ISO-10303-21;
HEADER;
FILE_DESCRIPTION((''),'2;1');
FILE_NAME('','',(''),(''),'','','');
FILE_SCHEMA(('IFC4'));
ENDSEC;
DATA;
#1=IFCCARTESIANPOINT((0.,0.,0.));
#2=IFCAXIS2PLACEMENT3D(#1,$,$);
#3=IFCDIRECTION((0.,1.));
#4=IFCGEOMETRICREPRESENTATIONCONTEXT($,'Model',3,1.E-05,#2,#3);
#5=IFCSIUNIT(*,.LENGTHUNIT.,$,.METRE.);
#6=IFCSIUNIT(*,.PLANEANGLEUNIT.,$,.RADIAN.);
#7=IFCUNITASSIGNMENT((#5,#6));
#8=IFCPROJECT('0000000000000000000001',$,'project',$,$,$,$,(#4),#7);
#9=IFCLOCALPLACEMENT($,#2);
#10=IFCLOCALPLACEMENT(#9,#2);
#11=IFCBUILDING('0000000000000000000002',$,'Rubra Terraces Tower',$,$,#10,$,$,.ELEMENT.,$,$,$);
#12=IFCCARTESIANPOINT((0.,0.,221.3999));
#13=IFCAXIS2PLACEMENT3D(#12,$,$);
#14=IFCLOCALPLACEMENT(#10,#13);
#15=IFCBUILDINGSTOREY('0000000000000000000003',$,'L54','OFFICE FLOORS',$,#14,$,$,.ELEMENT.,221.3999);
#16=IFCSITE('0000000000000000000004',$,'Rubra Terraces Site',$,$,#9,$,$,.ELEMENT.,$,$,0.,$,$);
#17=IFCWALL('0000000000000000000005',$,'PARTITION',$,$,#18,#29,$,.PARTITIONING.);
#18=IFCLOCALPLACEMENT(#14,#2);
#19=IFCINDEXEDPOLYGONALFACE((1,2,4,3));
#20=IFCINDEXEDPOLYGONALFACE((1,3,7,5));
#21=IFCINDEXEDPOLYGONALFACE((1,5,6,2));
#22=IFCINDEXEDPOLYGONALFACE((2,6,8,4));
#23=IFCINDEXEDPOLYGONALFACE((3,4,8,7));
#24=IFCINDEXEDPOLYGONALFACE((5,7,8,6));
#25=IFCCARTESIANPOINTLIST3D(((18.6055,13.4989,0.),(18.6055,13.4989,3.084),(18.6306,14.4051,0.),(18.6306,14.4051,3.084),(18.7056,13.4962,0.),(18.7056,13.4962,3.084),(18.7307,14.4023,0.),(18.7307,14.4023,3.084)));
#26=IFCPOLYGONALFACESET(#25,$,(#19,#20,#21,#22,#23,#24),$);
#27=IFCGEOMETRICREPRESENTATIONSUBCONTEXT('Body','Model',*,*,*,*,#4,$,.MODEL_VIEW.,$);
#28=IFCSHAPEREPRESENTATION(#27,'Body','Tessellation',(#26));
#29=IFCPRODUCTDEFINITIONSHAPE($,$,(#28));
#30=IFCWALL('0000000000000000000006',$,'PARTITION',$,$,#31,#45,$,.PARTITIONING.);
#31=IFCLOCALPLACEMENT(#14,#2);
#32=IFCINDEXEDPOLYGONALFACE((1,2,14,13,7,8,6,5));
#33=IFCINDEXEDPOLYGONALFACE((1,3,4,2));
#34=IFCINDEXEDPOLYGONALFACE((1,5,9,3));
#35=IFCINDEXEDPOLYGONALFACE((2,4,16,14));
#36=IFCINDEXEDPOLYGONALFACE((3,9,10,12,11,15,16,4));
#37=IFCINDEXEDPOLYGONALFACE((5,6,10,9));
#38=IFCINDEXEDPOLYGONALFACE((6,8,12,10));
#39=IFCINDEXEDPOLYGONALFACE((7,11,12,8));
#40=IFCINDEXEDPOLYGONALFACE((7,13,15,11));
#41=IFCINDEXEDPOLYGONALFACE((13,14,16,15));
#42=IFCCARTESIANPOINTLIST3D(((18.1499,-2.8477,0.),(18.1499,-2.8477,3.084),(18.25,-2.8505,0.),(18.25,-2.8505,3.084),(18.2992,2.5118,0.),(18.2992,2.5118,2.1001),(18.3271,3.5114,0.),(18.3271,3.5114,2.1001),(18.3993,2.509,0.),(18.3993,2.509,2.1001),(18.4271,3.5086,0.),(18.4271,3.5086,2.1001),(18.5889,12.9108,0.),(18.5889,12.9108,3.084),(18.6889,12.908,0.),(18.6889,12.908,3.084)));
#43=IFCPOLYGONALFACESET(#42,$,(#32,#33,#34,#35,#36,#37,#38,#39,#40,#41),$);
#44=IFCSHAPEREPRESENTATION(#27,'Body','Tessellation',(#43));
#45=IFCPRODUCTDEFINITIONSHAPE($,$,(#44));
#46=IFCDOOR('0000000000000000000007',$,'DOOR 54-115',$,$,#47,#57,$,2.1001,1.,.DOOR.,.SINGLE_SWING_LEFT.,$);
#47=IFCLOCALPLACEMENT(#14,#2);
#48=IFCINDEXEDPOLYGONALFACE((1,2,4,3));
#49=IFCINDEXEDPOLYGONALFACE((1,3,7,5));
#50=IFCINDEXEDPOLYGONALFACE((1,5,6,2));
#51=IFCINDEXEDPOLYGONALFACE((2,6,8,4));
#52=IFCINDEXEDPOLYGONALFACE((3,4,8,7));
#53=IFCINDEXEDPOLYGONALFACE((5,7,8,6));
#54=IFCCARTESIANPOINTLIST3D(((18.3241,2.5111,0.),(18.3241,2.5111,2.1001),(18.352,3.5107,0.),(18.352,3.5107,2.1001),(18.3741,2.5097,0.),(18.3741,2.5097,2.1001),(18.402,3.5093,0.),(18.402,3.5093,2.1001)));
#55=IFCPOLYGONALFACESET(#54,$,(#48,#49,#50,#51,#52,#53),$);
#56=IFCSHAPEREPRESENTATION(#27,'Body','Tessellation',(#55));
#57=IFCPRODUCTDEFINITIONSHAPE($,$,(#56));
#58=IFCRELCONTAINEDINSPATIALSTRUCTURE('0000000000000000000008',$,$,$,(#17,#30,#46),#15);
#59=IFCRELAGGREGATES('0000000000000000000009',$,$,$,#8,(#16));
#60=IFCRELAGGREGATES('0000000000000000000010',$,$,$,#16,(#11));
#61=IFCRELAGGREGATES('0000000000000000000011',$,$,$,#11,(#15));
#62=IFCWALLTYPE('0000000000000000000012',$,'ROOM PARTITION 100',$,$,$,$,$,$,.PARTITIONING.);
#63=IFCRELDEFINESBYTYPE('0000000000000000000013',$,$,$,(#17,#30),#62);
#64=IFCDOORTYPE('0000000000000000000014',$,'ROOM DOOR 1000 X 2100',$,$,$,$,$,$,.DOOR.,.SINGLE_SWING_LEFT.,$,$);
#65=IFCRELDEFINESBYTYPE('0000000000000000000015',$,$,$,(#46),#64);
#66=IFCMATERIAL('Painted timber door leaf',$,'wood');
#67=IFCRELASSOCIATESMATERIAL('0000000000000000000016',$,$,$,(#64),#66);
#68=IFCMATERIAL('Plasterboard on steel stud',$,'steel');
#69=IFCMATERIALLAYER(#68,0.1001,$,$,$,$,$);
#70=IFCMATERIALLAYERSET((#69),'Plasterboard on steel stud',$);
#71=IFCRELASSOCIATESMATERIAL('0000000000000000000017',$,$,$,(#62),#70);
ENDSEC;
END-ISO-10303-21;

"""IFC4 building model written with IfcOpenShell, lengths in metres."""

from ifc_helpers import new_model, si_unit, direction, frame, frame_2d, origin, place, context, subcontext, project, spatial, rectangle, extrude, material, layer, layer_set, type_object, element, fill, save


model = new_model("IFC4")

# Units and contexts
model_context = context("Model", 3, precision=1e-05, world=origin(), true_north=direction((0.0, 1.0)))
body_context = subcontext(model_context, "Body", "Model", "MODEL_VIEW")
ifc_project = project(units=[si_unit("LENGTHUNIT", "METRE"), si_unit("PLANEANGLEUNIT", "RADIAN")], contexts=[model_context])

# Site, building, storey
site_placement = place(None, origin())
site = spatial("IfcSite", under=ifc_project, at=site_placement, Name="Rubra Terraces Site", CompositionType="ELEMENT", RefElevation=0.0)
building_placement = place(site_placement, origin())
building = spatial("IfcBuilding", under=site, at=building_placement, Name="Rubra Terraces Tower", CompositionType="ELEMENT")
storey_placement = place(building_placement, frame((0.0, 0.0, 221.3999)))
storey = spatial("IfcBuildingStorey", under=building, at=storey_placement, Name="L54", Description="OFFICE FLOORS", CompositionType="ELEMENT", Elevation=221.3999)

# Shared definitions
ifc_material_1 = material(Name="Painted timber door leaf", Category="wood")
door_type = type_object("IfcDoorType", Name="ROOM DOOR 1000 X 2100", OperationType="SINGLE_SWING_LEFT", PredefinedType="DOOR", material=ifc_material_1)

# Wall
ifc_material_2 = material(Name="Plasterboard on steel stud", Category="steel")
ifc_layer_1 = layer(ifc_material_2, 0.1001)
ifc_layer_set_1 = layer_set([ifc_layer_1], Name="Plasterboard on steel stud")
wall_type_1 = type_object("IfcWallType", Name="ROOM PARTITION 100", PredefinedType="PARTITIONING", material=ifc_layer_set_1)
wall_1_placement = place(storey_placement, frame((18.6807, 14.4036, 0.0), z_axis=(0.0, 0.0, 1.0), x_axis=(-0.027737, -0.999615, 0.0)))
element("IfcWall", 1, at=wall_1_placement, inside=storey, type_object=wall_type_1, Name="PARTITION", PredefinedType="PARTITIONING", context=body_context, shape_type="SweptSolid", body=[
    extrude(rectangle(XDim=0.9065, YDim=0.1001, at=frame_2d((0.4531, 0.0))), origin(), (0.0, 0.0, 1.0), 3.084),
])

# Wall, opening, door
wall_2_placement = place(storey_placement, frame((18.6389, 12.9094, 0.0), z_axis=(0.0, 0.0, 1.0), x_axis=(-0.027845, -0.999612, 0.0)))
wall_2 = element("IfcWall", 2, at=wall_2_placement, inside=storey, type_object=wall_type_1, Name="PARTITION", PredefinedType="PARTITIONING", context=body_context, shape_type="SweptSolid", body=[
    extrude(rectangle(XDim=15.7646, YDim=0.1001, at=frame_2d((7.8823, 0.0))), origin(), (0.0, 0.0, 1.0), 3.084),
])
opening_1_placement = place(wall_2_placement, frame((9.4031, 0.0, 0.0)))
opening_1 = element("IfcOpeningElement", 3, at=opening_1_placement, cuts=wall_2, PredefinedType="OPENING", context=body_context, shape_type="SweptSolid", body=[
    extrude(rectangle(XDim=1.0, YDim=2.1001, at=frame_2d((0.5, 1.05))), frame((0.0, 0.0601, 0.0), z_axis=(0.0, -1.0, 0.0), x_axis=(1.0, 0.0, 0.0)), (0.0, 0.0, 1.0), 0.1201),
])
door_1_placement = place(opening_1_placement, origin())
door_1 = element("IfcDoor", 4, at=door_1_placement, inside=storey, type_object=door_type, Name="DOOR 54-115", OperationType="SINGLE_SWING_LEFT", OverallHeight=2.1001, OverallWidth=1.0, PredefinedType="DOOR", context=body_context, shape_type="SweptSolid", body=[
    extrude(rectangle(XDim=1.0, YDim=2.1001, at=frame_2d((0.5, 1.05))), frame((0.0, 0.0249, 0.0), z_axis=(0.0, -1.0, 0.0), x_axis=(1.0, 0.0, 0.0)), (0.0, 0.0, 1.0), 0.05),
])
fill(opening_1, door_1)

save(model, "model.ifc")
